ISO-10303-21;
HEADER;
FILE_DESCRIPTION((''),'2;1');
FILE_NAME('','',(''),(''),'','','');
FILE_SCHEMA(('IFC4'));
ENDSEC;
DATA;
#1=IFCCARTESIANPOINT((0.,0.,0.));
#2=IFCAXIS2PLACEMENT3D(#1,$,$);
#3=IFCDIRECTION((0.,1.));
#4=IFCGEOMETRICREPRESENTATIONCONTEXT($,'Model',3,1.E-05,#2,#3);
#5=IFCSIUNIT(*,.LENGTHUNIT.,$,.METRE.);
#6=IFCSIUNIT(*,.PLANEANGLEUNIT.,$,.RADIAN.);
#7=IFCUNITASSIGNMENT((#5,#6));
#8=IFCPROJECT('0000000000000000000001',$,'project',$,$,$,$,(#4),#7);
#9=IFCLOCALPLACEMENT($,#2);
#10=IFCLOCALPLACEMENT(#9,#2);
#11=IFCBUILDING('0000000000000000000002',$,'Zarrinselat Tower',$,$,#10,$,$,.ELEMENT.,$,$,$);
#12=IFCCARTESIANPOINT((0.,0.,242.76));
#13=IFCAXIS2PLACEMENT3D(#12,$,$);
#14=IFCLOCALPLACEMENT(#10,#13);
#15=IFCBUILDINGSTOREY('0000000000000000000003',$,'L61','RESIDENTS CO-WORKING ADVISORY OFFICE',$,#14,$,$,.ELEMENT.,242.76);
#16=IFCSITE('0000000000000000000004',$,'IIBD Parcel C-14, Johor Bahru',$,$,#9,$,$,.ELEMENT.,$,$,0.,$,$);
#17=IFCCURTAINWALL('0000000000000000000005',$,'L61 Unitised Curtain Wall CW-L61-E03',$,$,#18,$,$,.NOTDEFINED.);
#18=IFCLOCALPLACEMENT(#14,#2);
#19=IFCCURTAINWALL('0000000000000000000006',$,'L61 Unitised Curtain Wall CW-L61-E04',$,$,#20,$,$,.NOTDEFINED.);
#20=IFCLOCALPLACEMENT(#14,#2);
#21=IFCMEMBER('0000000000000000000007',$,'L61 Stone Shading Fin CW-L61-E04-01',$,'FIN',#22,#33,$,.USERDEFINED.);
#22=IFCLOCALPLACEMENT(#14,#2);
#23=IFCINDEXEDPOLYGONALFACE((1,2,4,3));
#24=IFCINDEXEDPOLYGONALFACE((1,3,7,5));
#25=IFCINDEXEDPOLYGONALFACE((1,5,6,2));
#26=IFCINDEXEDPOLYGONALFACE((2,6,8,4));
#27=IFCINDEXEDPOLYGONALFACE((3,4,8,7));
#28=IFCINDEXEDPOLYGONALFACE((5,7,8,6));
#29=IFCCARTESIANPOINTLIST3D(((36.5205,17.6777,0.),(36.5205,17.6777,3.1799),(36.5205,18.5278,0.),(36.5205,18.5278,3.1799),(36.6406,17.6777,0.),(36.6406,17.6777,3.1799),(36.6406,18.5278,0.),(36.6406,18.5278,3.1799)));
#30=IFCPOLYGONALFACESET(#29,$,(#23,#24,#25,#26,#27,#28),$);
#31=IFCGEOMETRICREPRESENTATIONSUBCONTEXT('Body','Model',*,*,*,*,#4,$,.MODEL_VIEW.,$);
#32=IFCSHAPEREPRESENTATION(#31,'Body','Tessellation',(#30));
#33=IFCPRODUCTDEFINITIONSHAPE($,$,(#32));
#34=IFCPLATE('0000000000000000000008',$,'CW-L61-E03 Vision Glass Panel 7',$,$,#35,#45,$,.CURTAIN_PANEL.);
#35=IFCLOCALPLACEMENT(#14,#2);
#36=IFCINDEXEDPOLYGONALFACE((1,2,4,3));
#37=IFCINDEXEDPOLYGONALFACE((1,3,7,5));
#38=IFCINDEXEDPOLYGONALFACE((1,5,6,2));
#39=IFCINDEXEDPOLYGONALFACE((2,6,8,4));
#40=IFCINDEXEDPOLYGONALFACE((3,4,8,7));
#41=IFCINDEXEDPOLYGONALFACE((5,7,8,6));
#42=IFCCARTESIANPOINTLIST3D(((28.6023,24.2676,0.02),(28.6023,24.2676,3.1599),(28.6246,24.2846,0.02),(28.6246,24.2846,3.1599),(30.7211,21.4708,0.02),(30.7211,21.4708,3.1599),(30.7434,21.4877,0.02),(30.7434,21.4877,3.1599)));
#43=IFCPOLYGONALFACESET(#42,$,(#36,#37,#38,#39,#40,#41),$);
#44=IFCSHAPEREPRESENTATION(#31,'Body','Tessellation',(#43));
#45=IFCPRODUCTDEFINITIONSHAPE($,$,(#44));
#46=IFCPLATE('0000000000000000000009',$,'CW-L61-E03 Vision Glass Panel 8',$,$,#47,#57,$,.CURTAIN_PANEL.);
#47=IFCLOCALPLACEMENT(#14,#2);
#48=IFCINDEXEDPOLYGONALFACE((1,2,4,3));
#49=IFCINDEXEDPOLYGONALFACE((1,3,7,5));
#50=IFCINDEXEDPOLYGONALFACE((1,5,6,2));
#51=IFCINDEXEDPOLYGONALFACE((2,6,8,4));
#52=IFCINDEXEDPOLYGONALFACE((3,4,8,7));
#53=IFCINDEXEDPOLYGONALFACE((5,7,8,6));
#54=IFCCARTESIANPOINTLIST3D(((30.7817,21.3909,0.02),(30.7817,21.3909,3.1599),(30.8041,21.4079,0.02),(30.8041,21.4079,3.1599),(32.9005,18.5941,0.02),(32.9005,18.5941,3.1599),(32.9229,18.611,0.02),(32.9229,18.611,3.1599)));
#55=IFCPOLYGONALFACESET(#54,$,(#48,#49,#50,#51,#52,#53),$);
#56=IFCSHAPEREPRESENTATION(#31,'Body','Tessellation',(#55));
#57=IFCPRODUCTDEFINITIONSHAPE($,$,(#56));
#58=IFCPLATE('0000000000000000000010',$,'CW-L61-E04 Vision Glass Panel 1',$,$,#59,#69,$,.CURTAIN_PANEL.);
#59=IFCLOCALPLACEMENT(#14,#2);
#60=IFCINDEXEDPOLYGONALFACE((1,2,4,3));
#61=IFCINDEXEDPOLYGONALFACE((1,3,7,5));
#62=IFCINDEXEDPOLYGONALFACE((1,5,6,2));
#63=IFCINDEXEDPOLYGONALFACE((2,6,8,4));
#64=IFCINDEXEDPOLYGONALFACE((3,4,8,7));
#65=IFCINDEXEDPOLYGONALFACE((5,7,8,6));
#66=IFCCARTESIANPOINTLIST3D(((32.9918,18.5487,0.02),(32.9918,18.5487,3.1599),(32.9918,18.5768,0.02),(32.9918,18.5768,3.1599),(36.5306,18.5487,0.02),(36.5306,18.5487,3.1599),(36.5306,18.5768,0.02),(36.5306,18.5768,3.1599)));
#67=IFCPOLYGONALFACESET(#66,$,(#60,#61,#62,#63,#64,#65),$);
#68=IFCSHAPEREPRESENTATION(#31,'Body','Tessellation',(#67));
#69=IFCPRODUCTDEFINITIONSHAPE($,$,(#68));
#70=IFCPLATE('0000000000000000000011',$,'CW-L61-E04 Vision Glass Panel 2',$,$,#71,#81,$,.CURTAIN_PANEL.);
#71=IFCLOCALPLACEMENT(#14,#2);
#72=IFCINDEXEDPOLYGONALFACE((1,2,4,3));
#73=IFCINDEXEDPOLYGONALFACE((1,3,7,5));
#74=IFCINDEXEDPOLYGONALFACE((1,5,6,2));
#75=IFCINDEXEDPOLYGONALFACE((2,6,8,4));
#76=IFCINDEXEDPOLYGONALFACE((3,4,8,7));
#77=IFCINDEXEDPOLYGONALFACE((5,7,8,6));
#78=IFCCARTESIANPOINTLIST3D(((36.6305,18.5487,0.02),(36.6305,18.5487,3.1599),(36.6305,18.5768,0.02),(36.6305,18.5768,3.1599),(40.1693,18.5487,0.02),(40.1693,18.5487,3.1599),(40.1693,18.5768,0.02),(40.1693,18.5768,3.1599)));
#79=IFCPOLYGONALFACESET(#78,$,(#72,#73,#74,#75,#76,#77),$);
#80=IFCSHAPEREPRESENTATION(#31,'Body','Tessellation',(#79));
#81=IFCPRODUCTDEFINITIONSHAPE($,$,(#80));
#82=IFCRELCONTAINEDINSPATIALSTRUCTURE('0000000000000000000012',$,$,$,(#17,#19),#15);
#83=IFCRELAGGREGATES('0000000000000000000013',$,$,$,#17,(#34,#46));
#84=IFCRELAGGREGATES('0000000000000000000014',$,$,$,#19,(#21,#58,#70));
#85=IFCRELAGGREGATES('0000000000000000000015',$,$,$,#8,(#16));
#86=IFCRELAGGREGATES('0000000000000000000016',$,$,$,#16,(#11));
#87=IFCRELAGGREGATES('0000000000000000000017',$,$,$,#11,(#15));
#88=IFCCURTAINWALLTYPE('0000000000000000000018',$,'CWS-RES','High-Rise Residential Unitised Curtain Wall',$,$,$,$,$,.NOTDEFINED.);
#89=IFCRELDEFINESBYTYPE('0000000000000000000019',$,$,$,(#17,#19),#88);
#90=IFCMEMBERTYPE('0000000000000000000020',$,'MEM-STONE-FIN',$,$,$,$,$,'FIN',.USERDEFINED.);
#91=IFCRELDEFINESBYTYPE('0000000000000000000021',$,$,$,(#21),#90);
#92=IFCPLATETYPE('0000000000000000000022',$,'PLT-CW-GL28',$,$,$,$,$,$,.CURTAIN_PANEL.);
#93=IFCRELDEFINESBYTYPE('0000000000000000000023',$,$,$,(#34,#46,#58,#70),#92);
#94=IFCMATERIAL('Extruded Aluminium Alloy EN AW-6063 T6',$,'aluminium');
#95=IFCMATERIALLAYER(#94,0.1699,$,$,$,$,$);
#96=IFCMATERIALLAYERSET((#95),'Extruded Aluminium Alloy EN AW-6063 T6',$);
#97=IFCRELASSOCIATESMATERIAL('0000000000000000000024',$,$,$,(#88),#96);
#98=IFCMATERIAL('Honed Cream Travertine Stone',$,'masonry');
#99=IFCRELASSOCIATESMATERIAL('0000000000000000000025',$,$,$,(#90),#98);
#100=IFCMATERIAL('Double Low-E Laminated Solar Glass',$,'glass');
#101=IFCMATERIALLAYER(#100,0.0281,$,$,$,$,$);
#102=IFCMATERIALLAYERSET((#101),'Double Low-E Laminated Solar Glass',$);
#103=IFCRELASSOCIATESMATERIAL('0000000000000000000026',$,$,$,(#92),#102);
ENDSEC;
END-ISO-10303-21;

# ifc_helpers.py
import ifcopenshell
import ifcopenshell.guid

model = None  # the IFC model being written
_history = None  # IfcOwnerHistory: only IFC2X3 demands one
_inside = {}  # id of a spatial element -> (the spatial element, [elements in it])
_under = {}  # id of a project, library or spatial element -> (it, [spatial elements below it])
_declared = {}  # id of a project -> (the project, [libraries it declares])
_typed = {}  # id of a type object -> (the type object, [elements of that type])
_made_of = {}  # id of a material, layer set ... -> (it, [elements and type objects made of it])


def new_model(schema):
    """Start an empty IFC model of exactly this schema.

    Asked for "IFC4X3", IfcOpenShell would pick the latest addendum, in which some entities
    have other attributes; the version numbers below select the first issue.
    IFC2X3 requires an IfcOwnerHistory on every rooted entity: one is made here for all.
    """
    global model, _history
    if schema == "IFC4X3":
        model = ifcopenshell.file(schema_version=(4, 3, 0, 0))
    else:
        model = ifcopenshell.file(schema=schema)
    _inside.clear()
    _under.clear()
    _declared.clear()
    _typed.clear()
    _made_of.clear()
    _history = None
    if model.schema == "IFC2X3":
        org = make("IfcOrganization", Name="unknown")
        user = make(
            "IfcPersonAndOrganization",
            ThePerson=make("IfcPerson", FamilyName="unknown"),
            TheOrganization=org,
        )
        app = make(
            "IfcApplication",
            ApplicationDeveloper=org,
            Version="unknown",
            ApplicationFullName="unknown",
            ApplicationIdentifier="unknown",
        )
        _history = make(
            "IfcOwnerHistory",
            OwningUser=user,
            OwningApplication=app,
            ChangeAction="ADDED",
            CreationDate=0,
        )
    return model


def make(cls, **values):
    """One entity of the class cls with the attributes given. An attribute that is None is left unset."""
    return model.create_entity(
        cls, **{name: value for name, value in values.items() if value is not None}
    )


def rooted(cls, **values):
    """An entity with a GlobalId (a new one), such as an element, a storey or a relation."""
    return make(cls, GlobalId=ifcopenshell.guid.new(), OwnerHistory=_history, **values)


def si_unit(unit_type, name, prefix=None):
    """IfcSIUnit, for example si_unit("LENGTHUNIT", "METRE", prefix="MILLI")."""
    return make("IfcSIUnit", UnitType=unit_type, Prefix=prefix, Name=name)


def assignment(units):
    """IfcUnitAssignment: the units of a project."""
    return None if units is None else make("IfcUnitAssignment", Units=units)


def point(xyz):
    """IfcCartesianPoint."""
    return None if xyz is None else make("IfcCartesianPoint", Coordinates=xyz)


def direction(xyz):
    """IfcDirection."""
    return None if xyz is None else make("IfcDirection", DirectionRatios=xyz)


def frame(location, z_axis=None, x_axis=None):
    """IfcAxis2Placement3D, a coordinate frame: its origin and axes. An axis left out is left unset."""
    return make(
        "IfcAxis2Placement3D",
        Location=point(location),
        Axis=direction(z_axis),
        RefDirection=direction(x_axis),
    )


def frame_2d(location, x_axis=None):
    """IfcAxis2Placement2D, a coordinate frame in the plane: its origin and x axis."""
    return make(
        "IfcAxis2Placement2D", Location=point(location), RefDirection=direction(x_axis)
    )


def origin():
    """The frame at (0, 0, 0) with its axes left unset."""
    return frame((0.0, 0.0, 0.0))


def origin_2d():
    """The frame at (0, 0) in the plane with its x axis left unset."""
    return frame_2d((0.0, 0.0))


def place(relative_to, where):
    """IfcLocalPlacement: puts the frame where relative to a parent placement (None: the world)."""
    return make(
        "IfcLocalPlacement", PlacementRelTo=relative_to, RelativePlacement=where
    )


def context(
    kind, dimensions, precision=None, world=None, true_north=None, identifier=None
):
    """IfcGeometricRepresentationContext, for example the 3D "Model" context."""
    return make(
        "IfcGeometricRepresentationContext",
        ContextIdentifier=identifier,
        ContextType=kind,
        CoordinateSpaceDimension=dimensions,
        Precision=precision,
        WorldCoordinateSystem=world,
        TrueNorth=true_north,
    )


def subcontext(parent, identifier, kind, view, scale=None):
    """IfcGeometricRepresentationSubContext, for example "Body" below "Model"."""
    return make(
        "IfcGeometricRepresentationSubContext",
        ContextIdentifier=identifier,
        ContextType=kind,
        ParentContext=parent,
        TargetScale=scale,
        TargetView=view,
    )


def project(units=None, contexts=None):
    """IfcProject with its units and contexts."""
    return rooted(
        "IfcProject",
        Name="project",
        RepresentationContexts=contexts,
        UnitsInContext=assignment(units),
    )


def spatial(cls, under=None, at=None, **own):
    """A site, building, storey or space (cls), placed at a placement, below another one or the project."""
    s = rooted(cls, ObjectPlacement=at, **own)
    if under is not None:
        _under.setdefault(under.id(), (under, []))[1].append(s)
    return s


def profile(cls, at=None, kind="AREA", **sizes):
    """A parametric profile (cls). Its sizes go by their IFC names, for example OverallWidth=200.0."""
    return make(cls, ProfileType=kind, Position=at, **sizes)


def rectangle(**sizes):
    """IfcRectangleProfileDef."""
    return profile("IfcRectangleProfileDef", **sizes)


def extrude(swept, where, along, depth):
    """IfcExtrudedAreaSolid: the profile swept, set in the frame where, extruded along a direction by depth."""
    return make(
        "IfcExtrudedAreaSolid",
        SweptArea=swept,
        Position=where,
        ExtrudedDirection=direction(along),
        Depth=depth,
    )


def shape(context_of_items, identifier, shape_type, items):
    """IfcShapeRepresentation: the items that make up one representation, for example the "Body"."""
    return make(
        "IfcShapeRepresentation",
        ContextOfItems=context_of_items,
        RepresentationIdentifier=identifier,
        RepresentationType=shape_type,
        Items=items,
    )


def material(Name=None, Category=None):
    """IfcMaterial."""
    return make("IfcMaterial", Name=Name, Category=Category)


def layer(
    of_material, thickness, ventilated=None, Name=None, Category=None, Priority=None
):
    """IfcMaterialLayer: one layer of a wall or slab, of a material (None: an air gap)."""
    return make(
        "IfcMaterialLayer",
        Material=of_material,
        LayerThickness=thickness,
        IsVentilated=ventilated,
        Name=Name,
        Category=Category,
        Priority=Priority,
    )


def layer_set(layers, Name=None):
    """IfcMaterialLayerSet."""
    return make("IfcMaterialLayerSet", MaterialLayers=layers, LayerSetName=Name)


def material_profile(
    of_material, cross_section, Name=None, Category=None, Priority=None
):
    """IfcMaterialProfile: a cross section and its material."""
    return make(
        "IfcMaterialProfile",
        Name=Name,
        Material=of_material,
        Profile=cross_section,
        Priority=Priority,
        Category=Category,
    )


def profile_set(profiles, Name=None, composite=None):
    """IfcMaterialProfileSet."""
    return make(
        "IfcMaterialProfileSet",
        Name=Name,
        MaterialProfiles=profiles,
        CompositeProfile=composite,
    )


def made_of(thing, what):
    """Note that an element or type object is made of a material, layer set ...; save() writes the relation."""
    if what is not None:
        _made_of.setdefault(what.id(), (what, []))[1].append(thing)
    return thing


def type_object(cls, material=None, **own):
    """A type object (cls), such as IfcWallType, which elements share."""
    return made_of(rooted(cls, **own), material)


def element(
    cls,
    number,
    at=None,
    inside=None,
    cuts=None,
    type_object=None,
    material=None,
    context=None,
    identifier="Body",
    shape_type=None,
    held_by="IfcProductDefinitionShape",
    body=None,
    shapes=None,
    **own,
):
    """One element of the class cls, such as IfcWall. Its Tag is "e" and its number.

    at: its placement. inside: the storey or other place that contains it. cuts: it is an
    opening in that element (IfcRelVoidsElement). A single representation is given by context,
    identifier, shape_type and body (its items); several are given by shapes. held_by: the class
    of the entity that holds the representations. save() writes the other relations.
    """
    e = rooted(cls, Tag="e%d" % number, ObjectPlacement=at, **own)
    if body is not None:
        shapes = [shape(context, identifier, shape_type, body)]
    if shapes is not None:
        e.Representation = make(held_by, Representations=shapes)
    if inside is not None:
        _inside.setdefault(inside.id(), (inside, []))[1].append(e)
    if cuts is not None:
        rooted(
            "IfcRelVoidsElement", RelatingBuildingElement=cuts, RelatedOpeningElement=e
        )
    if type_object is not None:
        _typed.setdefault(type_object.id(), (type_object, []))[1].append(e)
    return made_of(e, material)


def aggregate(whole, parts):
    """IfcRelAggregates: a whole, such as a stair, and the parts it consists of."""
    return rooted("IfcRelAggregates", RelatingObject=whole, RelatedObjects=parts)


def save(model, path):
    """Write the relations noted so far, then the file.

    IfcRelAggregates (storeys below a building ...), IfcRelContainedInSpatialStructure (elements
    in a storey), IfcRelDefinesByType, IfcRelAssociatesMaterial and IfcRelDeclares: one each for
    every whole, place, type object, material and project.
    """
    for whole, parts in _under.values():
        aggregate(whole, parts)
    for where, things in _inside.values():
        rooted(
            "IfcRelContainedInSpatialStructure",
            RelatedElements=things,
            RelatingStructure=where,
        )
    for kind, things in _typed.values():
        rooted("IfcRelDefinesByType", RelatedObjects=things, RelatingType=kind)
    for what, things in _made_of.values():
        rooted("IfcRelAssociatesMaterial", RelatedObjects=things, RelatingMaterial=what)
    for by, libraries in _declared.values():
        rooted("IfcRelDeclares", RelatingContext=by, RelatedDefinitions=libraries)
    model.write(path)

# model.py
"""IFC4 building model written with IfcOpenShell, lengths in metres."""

from ifc_helpers import new_model, si_unit, direction, frame, origin, origin_2d, place, context, subcontext, project, spatial, rectangle, extrude, material, layer, layer_set, material_profile, profile_set, type_object, element, aggregate, save


model = new_model("IFC4")

# Units and contexts
model_context = context("Model", 3, precision=1e-05, world=origin(), true_north=direction((0.0, 1.0)))
body_context = subcontext(model_context, "Body", "Model", "MODEL_VIEW")
ifc_project = project(units=[si_unit("LENGTHUNIT", "METRE"), si_unit("PLANEANGLEUNIT", "RADIAN")], contexts=[model_context])

# Site, building, storey
site_placement = place(None, origin())
site = spatial("IfcSite", under=ifc_project, at=site_placement, Name="IIBD Parcel C-14, Johor Bahru", CompositionType="ELEMENT", RefElevation=0.0)
building_placement = place(site_placement, origin())
building = spatial("IfcBuilding", under=site, at=building_placement, Name="Zarrinselat Tower", CompositionType="ELEMENT")
storey_placement = place(building_placement, frame((0.0, 0.0, 242.76)))
storey = spatial("IfcBuildingStorey", under=building, at=storey_placement, Name="L61", Description="RESIDENTS CO-WORKING ADVISORY OFFICE", CompositionType="ELEMENT", Elevation=242.76)

# Curtain walls
ifc_material_1 = material(Name="Extruded Aluminium Alloy EN AW-6063 T6", Category="aluminium")
ifc_layer_1 = layer(ifc_material_1, 0.1699)
ifc_layer_set_1 = layer_set([ifc_layer_1], Name="Extruded Aluminium Alloy EN AW-6063 T6")
curtain_wall_type = type_object("IfcCurtainWallType", Name="CWS-RES", Description="High-Rise Residential Unitised Curtain Wall", PredefinedType="NOTDEFINED", material=ifc_layer_set_1)
curtain_wall_1_placement = place(storey_placement, origin())
curtain_wall_1 = element("IfcCurtainWall", 1, at=curtain_wall_1_placement, inside=storey, type_object=curtain_wall_type, Name="L61 Unitised Curtain Wall CW-L61-E03", PredefinedType="NOTDEFINED")
curtain_wall_2_placement = place(storey_placement, origin())
curtain_wall_2 = element("IfcCurtainWall", 2, at=curtain_wall_2_placement, inside=storey, type_object=curtain_wall_type, Name="L61 Unitised Curtain Wall CW-L61-E04", PredefinedType="NOTDEFINED")

# Member
ifc_material_2 = material(Name="Honed Cream Travertine Stone", Category="masonry")
ifc_material_profile_1 = material_profile(ifc_material_2, rectangle(XDim=0.1201, YDim=0.8501, at=origin_2d()), Name="FIN 850x120")
ifc_profile_set_1 = profile_set([ifc_material_profile_1], Name="Honed Cream Travertine Stone")
member_type_1 = type_object("IfcMemberType", Name="MEM-STONE-FIN", ElementType="FIN", PredefinedType="USERDEFINED", material=ifc_profile_set_1)
member_1_placement = place(storey_placement, frame((36.5806, 18.1028, 0.0), z_axis=(0.0, 0.0, 1.0), x_axis=(-1.0, 0.0, 0.0)))
member_1 = element("IfcMember", 3, at=member_1_placement, type_object=member_type_1, Name="L61 Stone Shading Fin CW-L61-E04-01", ObjectType="FIN", PredefinedType="USERDEFINED", context=body_context, shape_type="SweptSolid", body=[
    extrude(rectangle(XDim=0.1201, YDim=0.8501, at=origin_2d()), origin(), (0.0, 0.0, 1.0), 3.1799),
])

# Plates
ifc_material_3 = material(Name="Double Low-E Laminated Solar Glass", Category="glass")
ifc_layer_2 = layer(ifc_material_3, 0.0281)
ifc_layer_set_2 = layer_set([ifc_layer_2], Name="Double Low-E Laminated Solar Glass")
plate_type = type_object("IfcPlateType", Name="PLT-CW-GL28", PredefinedType="CURTAIN_PANEL", material=ifc_layer_set_2)
plate_1_placement = place(storey_placement, frame((29.6729, 22.8777, 0.02), z_axis=(0.0, 0.0, 1.0), x_axis=(0.603858, -0.797092, 0.0)))
plate_1 = element("IfcPlate", 4, at=plate_1_placement, type_object=plate_type, Name="CW-L61-E03 Vision Glass Panel 7", PredefinedType="CURTAIN_PANEL", context=body_context, shape_type="SweptSolid", body=[
    extrude(rectangle(XDim=3.5088, YDim=0.0281, at=origin_2d()), origin(), (0.0, 0.0, 1.0), 3.1399),
])
plate_2_placement = place(storey_placement, frame((31.8523, 20.001, 0.02), z_axis=(0.0, 0.0, 1.0), x_axis=(0.603858, -0.797092, 0.0)))
plate_2 = element("IfcPlate", 5, at=plate_2_placement, type_object=plate_type, Name="CW-L61-E03 Vision Glass Panel 8", PredefinedType="CURTAIN_PANEL", context=body_context, shape_type="SweptSolid", body=[
    extrude(rectangle(XDim=3.5088, YDim=0.0281, at=origin_2d()), origin(), (0.0, 0.0, 1.0), 3.1399),
])
aggregate(curtain_wall_1, [plate_1, plate_2])
plate_3_placement = place(storey_placement, frame((34.7612, 18.5627, 0.02), z_axis=(0.0, 0.0, 1.0), x_axis=(1.0, 0.0, 0.0)))
plate_3 = element("IfcPlate", 6, at=plate_3_placement, type_object=plate_type, Name="CW-L61-E04 Vision Glass Panel 1", PredefinedType="CURTAIN_PANEL", context=body_context, shape_type="SweptSolid", body=[
    extrude(rectangle(XDim=3.5388, YDim=0.0281, at=origin_2d()), origin(), (0.0, 0.0, 1.0), 3.1399),
])
plate_4_placement = place(storey_placement, frame((38.3999, 18.5627, 0.02), z_axis=(0.0, 0.0, 1.0), x_axis=(1.0, 0.0, 0.0)))
plate_4 = element("IfcPlate", 7, at=plate_4_placement, type_object=plate_type, Name="CW-L61-E04 Vision Glass Panel 2", PredefinedType="CURTAIN_PANEL", context=body_context, shape_type="SweptSolid", body=[
    extrude(rectangle(XDim=3.5388, YDim=0.0281, at=origin_2d()), origin(), (0.0, 0.0, 1.0), 3.1399),
])
aggregate(curtain_wall_2, [member_1, plate_3, plate_4])

save(model, "model.ifc")
